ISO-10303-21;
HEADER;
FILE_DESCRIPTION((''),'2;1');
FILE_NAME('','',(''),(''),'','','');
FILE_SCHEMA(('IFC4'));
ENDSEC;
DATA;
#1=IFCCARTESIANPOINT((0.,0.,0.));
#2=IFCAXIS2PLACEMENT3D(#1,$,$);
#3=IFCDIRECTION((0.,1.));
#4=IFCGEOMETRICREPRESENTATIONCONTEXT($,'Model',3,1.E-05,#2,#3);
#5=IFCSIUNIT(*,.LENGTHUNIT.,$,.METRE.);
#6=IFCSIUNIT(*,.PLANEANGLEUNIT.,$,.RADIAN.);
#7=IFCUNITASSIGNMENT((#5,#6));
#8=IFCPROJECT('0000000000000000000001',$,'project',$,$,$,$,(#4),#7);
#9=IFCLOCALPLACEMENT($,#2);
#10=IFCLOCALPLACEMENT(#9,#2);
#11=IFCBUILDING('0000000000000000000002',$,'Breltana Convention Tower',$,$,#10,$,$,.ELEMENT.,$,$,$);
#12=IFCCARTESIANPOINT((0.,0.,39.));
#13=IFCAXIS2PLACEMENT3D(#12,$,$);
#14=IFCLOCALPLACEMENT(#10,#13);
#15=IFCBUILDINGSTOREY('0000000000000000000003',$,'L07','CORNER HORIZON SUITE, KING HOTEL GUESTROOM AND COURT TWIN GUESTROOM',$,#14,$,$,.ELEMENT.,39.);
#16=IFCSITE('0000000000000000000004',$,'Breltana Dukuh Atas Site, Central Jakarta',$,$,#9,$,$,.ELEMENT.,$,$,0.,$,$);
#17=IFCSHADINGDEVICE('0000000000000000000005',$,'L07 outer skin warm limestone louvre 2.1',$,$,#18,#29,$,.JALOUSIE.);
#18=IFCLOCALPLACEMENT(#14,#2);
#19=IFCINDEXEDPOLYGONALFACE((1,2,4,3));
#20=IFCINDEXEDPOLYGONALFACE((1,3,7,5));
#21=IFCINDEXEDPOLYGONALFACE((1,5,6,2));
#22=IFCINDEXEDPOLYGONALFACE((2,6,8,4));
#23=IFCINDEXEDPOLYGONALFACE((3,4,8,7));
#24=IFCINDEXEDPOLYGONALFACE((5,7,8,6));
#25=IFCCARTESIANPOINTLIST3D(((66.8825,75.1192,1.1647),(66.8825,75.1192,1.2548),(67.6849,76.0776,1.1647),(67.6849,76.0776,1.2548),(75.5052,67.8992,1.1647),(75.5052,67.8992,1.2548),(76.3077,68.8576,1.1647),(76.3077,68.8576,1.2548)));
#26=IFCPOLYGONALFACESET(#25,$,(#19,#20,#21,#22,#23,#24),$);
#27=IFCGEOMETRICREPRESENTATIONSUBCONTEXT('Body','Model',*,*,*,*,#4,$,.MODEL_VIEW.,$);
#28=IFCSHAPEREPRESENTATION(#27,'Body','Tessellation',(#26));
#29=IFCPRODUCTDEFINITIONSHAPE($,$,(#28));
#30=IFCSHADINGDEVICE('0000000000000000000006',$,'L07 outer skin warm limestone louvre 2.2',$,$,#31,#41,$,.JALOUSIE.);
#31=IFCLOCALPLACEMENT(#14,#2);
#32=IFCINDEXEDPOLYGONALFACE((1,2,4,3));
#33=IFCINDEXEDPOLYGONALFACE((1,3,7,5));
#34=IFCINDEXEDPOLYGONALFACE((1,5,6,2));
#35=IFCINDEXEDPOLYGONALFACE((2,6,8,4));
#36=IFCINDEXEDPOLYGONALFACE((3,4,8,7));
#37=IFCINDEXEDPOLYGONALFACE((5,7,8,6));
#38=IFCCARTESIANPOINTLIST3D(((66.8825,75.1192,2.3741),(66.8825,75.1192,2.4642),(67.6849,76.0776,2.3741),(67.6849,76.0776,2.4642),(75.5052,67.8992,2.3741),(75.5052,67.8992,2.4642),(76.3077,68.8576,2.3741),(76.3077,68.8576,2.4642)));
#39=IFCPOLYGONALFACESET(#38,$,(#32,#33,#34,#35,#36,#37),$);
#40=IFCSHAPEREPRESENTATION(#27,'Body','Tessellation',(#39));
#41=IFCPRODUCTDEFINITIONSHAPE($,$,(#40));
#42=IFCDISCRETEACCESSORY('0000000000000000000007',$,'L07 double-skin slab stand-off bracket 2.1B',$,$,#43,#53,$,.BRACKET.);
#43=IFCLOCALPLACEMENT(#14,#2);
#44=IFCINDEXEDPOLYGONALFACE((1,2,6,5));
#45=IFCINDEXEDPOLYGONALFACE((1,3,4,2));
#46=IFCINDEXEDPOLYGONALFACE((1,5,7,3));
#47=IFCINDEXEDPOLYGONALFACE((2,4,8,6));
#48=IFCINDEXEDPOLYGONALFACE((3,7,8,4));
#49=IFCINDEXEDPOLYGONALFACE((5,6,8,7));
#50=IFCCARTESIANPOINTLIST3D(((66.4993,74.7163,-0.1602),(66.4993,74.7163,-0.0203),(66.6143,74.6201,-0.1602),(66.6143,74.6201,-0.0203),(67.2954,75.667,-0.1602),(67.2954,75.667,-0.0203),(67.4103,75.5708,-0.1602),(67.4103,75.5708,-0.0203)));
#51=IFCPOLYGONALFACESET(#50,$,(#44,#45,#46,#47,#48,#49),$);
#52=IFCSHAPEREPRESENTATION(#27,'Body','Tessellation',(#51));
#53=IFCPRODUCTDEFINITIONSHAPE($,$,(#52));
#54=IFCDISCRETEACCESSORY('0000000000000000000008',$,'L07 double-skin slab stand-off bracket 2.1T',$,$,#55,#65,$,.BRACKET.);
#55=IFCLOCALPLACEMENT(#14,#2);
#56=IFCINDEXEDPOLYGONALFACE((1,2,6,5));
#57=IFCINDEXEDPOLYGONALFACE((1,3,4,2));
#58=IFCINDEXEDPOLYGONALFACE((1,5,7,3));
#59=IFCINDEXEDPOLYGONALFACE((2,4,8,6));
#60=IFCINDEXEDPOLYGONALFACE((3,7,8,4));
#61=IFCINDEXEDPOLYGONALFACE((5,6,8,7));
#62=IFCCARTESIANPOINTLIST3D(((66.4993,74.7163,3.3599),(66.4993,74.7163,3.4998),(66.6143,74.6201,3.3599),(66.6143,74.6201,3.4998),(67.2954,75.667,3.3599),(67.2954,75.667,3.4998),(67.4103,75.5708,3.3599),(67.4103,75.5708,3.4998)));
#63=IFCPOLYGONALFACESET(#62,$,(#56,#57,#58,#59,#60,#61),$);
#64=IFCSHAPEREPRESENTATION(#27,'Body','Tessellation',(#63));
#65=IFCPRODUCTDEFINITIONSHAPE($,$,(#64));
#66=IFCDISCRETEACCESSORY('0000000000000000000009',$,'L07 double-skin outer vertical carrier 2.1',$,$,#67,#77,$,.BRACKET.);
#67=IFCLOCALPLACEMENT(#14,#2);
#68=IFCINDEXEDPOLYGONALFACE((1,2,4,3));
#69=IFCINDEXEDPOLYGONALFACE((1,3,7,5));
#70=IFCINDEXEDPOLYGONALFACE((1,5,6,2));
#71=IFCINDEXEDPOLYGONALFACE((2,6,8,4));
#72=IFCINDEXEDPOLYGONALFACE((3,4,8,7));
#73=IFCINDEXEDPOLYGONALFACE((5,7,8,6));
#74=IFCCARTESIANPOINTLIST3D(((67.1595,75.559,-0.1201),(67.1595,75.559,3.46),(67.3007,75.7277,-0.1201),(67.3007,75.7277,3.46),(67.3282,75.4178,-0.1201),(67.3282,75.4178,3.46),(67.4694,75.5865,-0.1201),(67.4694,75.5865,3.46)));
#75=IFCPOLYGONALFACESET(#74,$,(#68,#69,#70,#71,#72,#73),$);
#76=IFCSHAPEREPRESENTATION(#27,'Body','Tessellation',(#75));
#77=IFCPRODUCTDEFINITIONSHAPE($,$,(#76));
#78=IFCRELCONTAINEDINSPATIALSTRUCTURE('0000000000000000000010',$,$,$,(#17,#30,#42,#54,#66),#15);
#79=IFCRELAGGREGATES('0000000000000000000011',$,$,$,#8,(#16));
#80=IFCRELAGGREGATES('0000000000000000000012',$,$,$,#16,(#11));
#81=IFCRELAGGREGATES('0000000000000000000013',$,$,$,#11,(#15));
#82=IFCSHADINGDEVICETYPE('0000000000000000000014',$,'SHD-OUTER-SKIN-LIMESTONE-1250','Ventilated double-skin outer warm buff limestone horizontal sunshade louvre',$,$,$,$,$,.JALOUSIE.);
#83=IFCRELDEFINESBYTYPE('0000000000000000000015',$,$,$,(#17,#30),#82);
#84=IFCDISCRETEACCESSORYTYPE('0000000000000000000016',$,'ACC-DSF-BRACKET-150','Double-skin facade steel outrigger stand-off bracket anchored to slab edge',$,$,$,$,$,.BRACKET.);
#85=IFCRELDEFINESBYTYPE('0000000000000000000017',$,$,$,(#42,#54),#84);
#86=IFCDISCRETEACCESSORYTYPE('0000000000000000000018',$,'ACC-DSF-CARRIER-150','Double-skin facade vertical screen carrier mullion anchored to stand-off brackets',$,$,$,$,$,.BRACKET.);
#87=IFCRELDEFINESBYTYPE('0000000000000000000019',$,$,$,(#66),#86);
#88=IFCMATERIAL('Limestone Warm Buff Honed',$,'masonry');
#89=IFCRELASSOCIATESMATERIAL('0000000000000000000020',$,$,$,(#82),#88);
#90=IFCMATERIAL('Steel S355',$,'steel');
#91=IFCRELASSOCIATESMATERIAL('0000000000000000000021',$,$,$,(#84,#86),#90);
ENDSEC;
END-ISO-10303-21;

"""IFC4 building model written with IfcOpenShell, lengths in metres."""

from ifc_helpers import new_model, si_unit, direction, frame, origin, origin_2d, place, context, subcontext, project, spatial, rectangle, extrude, source, transform, mapped, material, material_profile, profile_set, type_object, type_shapes, element, save


model = new_model("IFC4")

# Units and contexts
model_context = context("Model", 3, precision=1e-05, world=origin(), true_north=direction((0.0, 1.0)))
body_context = subcontext(model_context, "Body", "Model", "MODEL_VIEW")
ifc_project = project(units=[si_unit("LENGTHUNIT", "METRE"), si_unit("PLANEANGLEUNIT", "RADIAN")], contexts=[model_context])

# Site, building, storey
site_placement = place(None, origin())
site = spatial("IfcSite", under=ifc_project, at=site_placement, Name="Breltana Dukuh Atas Site, Central Jakarta", CompositionType="ELEMENT", RefElevation=0.0)
building_placement = place(site_placement, origin())
building = spatial("IfcBuilding", under=site, at=building_placement, Name="Breltana Convention Tower", CompositionType="ELEMENT")
storey_placement = place(building_placement, frame((0.0, 0.0, 39.0)))
storey = spatial("IfcBuildingStorey", under=building, at=storey_placement, Name="L07", Description="CORNER HORIZON SUITE, KING HOTEL GUESTROOM AND COURT TWIN GUESTROOM", CompositionType="ELEMENT", Elevation=39.0)

# Shading devices
ifc_material_1 = material(Name="Limestone Warm Buff Honed", Category="masonry")
ifc_material_profile_1 = material_profile(ifc_material_1, rectangle(XDim=1.25, YDim=0.0901, at=origin_2d()), Name="STN-LVR-1250X90")
ifc_profile_set_1 = profile_set([ifc_material_profile_1], Name="Limestone Warm Buff Honed")
shading_device_type = type_object("IfcShadingDeviceType", Name="SHD-OUTER-SKIN-LIMESTONE-1250", Description="Ventilated double-skin outer warm buff limestone horizontal sunshade louvre", PredefinedType="JALOUSIE", material=ifc_profile_set_1)
shared_shape_1 = source(origin(), body_context, "Body", "SweptSolid", [
    extrude(rectangle(XDim=1.25, YDim=0.0901, at=origin_2d()), origin(), (0.0, 0.0, 1.0), 11.2463),
])
for number, where, z_axis, x_axis, name in (
    (1, (67.2837, 75.5984, 1.2097), (0.766719, -0.641983, 0.0), (0.641983, 0.766719, 0.0), "L07 outer skin warm limestone louvre 2.1"),
    (2, (67.2837, 75.5984, 2.4192), (0.766719, -0.641983, 0.0), (0.641983, 0.766719, 0.0), "L07 outer skin warm limestone louvre 2.2"),
):
    element("IfcShadingDevice", number, at=place(storey_placement, frame(where, z_axis=z_axis, x_axis=x_axis)), inside=storey, type_object=shading_device_type, Name=name, PredefinedType="JALOUSIE", context=body_context, shape_type="MappedRepresentation", body=[
        mapped(shared_shape_1, transform((0.0, 0.0, 0.0), scale=1.0)),
    ])

# Discrete accessories
ifc_material_2 = material(Name="Steel S355", Category="steel")
discrete_accessory_type_1 = type_object("IfcDiscreteAccessoryType", Name="ACC-DSF-BRACKET-150", Description="Double-skin facade steel outrigger stand-off bracket anchored to slab edge", PredefinedType="BRACKET", material=ifc_material_2)
shared_shape_2 = source(origin(), body_context, "Body", "SweptSolid", [
    extrude(rectangle(XDim=1.24, YDim=0.1499, at=origin_2d()), origin(), (0.0, 0.0, 1.0), 0.1399),
])
type_shapes(discrete_accessory_type_1, [shared_shape_2])
for number, where, z_axis, x_axis, name in (
    (3, (66.9548, 75.1436, -0.1602), (0.0, 0.0, 1.0), (0.64199, 0.766713, 0.0), "L07 double-skin slab stand-off bracket 2.1B"),
    (4, (66.9548, 75.1436, 3.3599), (0.0, 0.0, 1.0), (0.64199, 0.766713, 0.0), "L07 double-skin slab stand-off bracket 2.1T"),
):
    element("IfcDiscreteAccessory", number, at=place(storey_placement, frame(where, z_axis=z_axis, x_axis=x_axis)), inside=storey, type_object=discrete_accessory_type_1, Name=name, PredefinedType="BRACKET", context=body_context, shape_type="MappedRepresentation", body=[
        mapped(shared_shape_2, transform((0.0, 0.0, 0.0), scale=1.0)),
    ])
discrete_accessory_type_2 = type_object("IfcDiscreteAccessoryType", Name="ACC-DSF-CARRIER-150", Description="Double-skin facade vertical screen carrier mullion anchored to stand-off brackets", PredefinedType="BRACKET", material=ifc_material_2)
shared_shape_3 = source(origin(), body_context, "Body", "SweptSolid", [
    extrude(rectangle(XDim=0.22, YDim=0.22, at=origin_2d()), origin(), (0.0, 0.0, 1.0), 3.5801),
])
discrete_accessory_placement = place(storey_placement, frame((67.3145, 75.5728, -0.1201), z_axis=(0.0, 0.0, 1.0), x_axis=(0.64199, 0.766713, 0.0)))
element("IfcDiscreteAccessory", 5, at=discrete_accessory_placement, inside=storey, type_object=discrete_accessory_type_2, Name="L07 double-skin outer vertical carrier 2.1", PredefinedType="BRACKET", context=body_context, shape_type="MappedRepresentation", body=[
    mapped(shared_shape_3, transform((0.0, 0.0, 0.0), scale=1.0)),
])

save(model, "model.ifc")
